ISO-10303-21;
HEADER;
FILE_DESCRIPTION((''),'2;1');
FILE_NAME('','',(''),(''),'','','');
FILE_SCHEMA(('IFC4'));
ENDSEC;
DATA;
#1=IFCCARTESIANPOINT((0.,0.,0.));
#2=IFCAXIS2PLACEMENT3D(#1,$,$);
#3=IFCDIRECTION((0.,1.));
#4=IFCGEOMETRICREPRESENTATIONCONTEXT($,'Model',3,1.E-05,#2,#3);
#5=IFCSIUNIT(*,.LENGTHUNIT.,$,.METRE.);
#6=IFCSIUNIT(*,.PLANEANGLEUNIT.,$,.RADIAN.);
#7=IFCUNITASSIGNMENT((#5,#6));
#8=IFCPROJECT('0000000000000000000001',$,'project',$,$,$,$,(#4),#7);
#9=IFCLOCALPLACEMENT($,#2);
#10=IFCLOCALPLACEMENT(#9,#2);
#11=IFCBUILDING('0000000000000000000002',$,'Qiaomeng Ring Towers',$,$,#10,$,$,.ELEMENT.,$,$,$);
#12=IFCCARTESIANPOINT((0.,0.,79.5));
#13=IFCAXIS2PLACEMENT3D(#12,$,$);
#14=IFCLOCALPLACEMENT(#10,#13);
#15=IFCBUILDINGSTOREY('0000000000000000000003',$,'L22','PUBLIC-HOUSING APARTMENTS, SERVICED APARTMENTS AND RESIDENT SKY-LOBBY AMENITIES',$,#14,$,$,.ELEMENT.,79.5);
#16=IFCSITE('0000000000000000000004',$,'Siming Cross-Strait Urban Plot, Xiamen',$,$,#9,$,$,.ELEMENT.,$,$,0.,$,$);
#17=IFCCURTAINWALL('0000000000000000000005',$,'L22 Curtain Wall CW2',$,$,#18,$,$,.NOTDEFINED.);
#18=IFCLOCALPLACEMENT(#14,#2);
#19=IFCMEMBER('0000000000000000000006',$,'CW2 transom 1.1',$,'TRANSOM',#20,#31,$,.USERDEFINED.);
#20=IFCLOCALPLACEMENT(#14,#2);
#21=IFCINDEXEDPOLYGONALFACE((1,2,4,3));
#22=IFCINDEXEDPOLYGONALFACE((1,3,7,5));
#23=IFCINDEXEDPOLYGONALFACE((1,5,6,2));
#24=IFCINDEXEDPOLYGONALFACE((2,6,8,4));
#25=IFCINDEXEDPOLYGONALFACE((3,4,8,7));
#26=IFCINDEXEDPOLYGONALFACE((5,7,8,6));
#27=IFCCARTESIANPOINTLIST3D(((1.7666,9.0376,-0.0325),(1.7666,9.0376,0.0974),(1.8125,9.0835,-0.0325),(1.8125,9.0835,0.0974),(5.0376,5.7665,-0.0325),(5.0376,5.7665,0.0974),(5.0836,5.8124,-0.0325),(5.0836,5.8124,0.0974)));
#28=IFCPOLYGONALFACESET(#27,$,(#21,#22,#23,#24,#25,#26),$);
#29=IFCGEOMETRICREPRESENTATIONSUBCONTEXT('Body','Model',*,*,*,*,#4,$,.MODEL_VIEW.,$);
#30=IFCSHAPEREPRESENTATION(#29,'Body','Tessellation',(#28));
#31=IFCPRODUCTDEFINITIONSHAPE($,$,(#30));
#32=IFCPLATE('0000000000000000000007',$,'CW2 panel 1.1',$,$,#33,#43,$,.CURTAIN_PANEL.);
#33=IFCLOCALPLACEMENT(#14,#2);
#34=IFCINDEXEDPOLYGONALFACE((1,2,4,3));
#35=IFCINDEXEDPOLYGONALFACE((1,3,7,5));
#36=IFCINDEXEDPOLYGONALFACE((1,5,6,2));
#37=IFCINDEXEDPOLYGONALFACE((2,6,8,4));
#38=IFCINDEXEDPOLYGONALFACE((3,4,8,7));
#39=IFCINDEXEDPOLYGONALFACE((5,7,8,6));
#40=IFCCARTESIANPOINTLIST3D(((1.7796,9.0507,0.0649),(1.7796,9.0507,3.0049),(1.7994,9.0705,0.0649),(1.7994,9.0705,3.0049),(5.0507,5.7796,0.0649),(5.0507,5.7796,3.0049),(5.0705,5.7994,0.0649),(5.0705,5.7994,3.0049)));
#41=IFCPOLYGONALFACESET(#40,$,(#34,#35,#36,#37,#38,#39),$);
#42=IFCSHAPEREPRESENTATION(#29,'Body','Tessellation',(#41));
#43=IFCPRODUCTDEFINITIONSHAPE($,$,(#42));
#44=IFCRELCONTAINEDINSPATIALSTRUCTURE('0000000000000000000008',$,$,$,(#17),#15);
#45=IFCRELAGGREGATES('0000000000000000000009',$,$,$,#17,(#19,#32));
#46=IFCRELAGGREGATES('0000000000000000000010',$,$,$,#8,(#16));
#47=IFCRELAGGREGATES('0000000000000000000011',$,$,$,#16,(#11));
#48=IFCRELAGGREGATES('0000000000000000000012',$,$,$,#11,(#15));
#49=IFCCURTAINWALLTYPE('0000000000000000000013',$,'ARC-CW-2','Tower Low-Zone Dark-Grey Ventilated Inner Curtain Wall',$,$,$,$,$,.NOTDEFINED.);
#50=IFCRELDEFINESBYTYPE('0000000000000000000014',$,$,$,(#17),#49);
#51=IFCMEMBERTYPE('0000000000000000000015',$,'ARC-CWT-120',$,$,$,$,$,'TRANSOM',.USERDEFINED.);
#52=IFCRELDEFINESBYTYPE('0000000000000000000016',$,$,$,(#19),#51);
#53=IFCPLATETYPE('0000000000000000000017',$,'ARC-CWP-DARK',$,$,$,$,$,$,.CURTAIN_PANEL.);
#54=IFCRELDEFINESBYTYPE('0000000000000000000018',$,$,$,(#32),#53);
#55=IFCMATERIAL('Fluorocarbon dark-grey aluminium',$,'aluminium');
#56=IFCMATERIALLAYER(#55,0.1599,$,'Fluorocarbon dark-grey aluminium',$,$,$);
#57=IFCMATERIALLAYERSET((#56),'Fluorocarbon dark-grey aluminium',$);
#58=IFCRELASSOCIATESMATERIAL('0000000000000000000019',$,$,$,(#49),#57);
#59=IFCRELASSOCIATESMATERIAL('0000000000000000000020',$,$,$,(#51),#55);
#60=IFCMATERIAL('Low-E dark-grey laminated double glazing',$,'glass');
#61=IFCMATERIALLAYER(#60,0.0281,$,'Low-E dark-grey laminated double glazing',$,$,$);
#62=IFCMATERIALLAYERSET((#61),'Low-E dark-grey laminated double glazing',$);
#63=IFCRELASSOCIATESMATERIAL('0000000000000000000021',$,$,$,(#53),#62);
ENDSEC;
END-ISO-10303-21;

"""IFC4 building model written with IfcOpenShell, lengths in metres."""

from ifc_helpers import new_model, si_unit, direction, frame, origin, origin_2d, place, context, subcontext, project, spatial, rectangle, extrude, source, transform, mapped, material, layer, layer_set, material_profile, profile_set, type_object, element, aggregate, save


model = new_model("IFC4")

# Units and contexts
model_context = context("Model", 3, precision=1e-05, world=origin(), true_north=direction((0.0, 1.0)))
body_context = subcontext(model_context, "Body", "Model", "MODEL_VIEW")
ifc_project = project(units=[si_unit("LENGTHUNIT", "METRE"), si_unit("PLANEANGLEUNIT", "RADIAN")], contexts=[model_context])

# Site, building, storey
site_placement = place(None, origin())
site = spatial("IfcSite", under=ifc_project, at=site_placement, Name="Siming Cross-Strait Urban Plot, Xiamen", CompositionType="ELEMENT", RefElevation=0.0)
building_placement = place(site_placement, origin())
building = spatial("IfcBuilding", under=site, at=building_placement, Name="Qiaomeng Ring Towers", CompositionType="ELEMENT")
storey_placement = place(building_placement, frame((0.0, 0.0, 79.5)))
storey = spatial("IfcBuildingStorey", under=building, at=storey_placement, Name="L22", Description="PUBLIC-HOUSING APARTMENTS, SERVICED APARTMENTS AND RESIDENT SKY-LOBBY AMENITIES", CompositionType="ELEMENT", Elevation=79.5)

# Curtain wall, member, plate
ifc_material_1 = material(Name="Fluorocarbon dark-grey aluminium", Category="aluminium")
ifc_layer_1 = layer(ifc_material_1, 0.1599, Name="Fluorocarbon dark-grey aluminium")
ifc_layer_set_1 = layer_set([ifc_layer_1], Name="Fluorocarbon dark-grey aluminium")
curtain_wall_type = type_object("IfcCurtainWallType", Name="ARC-CW-2", Description="Tower Low-Zone Dark-Grey Ventilated Inner Curtain Wall", PredefinedType="NOTDEFINED", material=ifc_layer_set_1)
curtain_wall_placement = place(storey_placement, origin())
curtain_wall = element("IfcCurtainWall", 1, at=curtain_wall_placement, inside=storey, type_object=curtain_wall_type, Name="L22 Curtain Wall CW2", PredefinedType="NOTDEFINED")
ifc_material_profile_1 = material_profile(ifc_material_1, rectangle(XDim=0.0649, YDim=0.1299, at=origin_2d()), Name="ALU TRAN 65x130")
ifc_profile_set_1 = profile_set([ifc_material_profile_1], Name="Fluorocarbon dark-grey aluminium")
member_type_1 = type_object("IfcMemberType", Name="ARC-CWT-120", ElementType="TRANSOM", PredefinedType="USERDEFINED", material=ifc_profile_set_1)
shared_shape_1 = source(origin(), body_context, "Body", "SweptSolid", [
    extrude(rectangle(XDim=0.0649, YDim=0.1299, at=origin_2d()), origin(), (0.0, 0.0, 1.0), 4.626),
])
member_1_placement = place(storey_placement, frame((1.7896, 9.0605, 0.0325), z_axis=(0.707107, -0.707107, 0.0), x_axis=(0.707107, 0.707107, 0.0)))
member_1 = element("IfcMember", 2, at=member_1_placement, type_object=member_type_1, Name="CW2 transom 1.1", ObjectType="TRANSOM", PredefinedType="USERDEFINED", context=body_context, shape_type="MappedRepresentation", body=[
    mapped(shared_shape_1, transform((0.0, 0.0, 0.0), x_axis=(1.0, 0.0, 0.0), y_axis=(0.0, 1.0, 0.0), z_axis=(0.0, 0.0, 1.0), scale=1.0)),
])
ifc_material_2 = material(Name="Low-E dark-grey laminated double glazing", Category="glass")
ifc_layer_2 = layer(ifc_material_2, 0.0281, Name="Low-E dark-grey laminated double glazing")
ifc_layer_set_2 = layer_set([ifc_layer_2], Name="Low-E dark-grey laminated double glazing")
plate_type = type_object("IfcPlateType", Name="ARC-CWP-DARK", PredefinedType="CURTAIN_PANEL", material=ifc_layer_set_2)
shared_shape_2 = source(origin(), body_context, "Body", "SweptSolid", [
    extrude(rectangle(XDim=4.626, YDim=0.0281, at=origin_2d()), origin(), (0.0, 0.0, 1.0), 2.9399),
])
plate_placement = place(storey_placement, frame((3.425, 7.425, 0.0649), z_axis=(0.0, 0.0, 1.0), x_axis=(0.707107, -0.707107, 0.0)))
plate = element("IfcPlate", 3, at=plate_placement, type_object=plate_type, Name="CW2 panel 1.1", PredefinedType="CURTAIN_PANEL", context=body_context, shape_type="MappedRepresentation", body=[
    mapped(shared_shape_2, transform((0.0, 0.0, 0.0), x_axis=(1.0, 0.0, 0.0), y_axis=(0.0, 1.0, 0.0), z_axis=(0.0, 0.0, 1.0), scale=1.0)),
])
aggregate(curtain_wall, [member_1, plate])

save(model, "model.ifc")
